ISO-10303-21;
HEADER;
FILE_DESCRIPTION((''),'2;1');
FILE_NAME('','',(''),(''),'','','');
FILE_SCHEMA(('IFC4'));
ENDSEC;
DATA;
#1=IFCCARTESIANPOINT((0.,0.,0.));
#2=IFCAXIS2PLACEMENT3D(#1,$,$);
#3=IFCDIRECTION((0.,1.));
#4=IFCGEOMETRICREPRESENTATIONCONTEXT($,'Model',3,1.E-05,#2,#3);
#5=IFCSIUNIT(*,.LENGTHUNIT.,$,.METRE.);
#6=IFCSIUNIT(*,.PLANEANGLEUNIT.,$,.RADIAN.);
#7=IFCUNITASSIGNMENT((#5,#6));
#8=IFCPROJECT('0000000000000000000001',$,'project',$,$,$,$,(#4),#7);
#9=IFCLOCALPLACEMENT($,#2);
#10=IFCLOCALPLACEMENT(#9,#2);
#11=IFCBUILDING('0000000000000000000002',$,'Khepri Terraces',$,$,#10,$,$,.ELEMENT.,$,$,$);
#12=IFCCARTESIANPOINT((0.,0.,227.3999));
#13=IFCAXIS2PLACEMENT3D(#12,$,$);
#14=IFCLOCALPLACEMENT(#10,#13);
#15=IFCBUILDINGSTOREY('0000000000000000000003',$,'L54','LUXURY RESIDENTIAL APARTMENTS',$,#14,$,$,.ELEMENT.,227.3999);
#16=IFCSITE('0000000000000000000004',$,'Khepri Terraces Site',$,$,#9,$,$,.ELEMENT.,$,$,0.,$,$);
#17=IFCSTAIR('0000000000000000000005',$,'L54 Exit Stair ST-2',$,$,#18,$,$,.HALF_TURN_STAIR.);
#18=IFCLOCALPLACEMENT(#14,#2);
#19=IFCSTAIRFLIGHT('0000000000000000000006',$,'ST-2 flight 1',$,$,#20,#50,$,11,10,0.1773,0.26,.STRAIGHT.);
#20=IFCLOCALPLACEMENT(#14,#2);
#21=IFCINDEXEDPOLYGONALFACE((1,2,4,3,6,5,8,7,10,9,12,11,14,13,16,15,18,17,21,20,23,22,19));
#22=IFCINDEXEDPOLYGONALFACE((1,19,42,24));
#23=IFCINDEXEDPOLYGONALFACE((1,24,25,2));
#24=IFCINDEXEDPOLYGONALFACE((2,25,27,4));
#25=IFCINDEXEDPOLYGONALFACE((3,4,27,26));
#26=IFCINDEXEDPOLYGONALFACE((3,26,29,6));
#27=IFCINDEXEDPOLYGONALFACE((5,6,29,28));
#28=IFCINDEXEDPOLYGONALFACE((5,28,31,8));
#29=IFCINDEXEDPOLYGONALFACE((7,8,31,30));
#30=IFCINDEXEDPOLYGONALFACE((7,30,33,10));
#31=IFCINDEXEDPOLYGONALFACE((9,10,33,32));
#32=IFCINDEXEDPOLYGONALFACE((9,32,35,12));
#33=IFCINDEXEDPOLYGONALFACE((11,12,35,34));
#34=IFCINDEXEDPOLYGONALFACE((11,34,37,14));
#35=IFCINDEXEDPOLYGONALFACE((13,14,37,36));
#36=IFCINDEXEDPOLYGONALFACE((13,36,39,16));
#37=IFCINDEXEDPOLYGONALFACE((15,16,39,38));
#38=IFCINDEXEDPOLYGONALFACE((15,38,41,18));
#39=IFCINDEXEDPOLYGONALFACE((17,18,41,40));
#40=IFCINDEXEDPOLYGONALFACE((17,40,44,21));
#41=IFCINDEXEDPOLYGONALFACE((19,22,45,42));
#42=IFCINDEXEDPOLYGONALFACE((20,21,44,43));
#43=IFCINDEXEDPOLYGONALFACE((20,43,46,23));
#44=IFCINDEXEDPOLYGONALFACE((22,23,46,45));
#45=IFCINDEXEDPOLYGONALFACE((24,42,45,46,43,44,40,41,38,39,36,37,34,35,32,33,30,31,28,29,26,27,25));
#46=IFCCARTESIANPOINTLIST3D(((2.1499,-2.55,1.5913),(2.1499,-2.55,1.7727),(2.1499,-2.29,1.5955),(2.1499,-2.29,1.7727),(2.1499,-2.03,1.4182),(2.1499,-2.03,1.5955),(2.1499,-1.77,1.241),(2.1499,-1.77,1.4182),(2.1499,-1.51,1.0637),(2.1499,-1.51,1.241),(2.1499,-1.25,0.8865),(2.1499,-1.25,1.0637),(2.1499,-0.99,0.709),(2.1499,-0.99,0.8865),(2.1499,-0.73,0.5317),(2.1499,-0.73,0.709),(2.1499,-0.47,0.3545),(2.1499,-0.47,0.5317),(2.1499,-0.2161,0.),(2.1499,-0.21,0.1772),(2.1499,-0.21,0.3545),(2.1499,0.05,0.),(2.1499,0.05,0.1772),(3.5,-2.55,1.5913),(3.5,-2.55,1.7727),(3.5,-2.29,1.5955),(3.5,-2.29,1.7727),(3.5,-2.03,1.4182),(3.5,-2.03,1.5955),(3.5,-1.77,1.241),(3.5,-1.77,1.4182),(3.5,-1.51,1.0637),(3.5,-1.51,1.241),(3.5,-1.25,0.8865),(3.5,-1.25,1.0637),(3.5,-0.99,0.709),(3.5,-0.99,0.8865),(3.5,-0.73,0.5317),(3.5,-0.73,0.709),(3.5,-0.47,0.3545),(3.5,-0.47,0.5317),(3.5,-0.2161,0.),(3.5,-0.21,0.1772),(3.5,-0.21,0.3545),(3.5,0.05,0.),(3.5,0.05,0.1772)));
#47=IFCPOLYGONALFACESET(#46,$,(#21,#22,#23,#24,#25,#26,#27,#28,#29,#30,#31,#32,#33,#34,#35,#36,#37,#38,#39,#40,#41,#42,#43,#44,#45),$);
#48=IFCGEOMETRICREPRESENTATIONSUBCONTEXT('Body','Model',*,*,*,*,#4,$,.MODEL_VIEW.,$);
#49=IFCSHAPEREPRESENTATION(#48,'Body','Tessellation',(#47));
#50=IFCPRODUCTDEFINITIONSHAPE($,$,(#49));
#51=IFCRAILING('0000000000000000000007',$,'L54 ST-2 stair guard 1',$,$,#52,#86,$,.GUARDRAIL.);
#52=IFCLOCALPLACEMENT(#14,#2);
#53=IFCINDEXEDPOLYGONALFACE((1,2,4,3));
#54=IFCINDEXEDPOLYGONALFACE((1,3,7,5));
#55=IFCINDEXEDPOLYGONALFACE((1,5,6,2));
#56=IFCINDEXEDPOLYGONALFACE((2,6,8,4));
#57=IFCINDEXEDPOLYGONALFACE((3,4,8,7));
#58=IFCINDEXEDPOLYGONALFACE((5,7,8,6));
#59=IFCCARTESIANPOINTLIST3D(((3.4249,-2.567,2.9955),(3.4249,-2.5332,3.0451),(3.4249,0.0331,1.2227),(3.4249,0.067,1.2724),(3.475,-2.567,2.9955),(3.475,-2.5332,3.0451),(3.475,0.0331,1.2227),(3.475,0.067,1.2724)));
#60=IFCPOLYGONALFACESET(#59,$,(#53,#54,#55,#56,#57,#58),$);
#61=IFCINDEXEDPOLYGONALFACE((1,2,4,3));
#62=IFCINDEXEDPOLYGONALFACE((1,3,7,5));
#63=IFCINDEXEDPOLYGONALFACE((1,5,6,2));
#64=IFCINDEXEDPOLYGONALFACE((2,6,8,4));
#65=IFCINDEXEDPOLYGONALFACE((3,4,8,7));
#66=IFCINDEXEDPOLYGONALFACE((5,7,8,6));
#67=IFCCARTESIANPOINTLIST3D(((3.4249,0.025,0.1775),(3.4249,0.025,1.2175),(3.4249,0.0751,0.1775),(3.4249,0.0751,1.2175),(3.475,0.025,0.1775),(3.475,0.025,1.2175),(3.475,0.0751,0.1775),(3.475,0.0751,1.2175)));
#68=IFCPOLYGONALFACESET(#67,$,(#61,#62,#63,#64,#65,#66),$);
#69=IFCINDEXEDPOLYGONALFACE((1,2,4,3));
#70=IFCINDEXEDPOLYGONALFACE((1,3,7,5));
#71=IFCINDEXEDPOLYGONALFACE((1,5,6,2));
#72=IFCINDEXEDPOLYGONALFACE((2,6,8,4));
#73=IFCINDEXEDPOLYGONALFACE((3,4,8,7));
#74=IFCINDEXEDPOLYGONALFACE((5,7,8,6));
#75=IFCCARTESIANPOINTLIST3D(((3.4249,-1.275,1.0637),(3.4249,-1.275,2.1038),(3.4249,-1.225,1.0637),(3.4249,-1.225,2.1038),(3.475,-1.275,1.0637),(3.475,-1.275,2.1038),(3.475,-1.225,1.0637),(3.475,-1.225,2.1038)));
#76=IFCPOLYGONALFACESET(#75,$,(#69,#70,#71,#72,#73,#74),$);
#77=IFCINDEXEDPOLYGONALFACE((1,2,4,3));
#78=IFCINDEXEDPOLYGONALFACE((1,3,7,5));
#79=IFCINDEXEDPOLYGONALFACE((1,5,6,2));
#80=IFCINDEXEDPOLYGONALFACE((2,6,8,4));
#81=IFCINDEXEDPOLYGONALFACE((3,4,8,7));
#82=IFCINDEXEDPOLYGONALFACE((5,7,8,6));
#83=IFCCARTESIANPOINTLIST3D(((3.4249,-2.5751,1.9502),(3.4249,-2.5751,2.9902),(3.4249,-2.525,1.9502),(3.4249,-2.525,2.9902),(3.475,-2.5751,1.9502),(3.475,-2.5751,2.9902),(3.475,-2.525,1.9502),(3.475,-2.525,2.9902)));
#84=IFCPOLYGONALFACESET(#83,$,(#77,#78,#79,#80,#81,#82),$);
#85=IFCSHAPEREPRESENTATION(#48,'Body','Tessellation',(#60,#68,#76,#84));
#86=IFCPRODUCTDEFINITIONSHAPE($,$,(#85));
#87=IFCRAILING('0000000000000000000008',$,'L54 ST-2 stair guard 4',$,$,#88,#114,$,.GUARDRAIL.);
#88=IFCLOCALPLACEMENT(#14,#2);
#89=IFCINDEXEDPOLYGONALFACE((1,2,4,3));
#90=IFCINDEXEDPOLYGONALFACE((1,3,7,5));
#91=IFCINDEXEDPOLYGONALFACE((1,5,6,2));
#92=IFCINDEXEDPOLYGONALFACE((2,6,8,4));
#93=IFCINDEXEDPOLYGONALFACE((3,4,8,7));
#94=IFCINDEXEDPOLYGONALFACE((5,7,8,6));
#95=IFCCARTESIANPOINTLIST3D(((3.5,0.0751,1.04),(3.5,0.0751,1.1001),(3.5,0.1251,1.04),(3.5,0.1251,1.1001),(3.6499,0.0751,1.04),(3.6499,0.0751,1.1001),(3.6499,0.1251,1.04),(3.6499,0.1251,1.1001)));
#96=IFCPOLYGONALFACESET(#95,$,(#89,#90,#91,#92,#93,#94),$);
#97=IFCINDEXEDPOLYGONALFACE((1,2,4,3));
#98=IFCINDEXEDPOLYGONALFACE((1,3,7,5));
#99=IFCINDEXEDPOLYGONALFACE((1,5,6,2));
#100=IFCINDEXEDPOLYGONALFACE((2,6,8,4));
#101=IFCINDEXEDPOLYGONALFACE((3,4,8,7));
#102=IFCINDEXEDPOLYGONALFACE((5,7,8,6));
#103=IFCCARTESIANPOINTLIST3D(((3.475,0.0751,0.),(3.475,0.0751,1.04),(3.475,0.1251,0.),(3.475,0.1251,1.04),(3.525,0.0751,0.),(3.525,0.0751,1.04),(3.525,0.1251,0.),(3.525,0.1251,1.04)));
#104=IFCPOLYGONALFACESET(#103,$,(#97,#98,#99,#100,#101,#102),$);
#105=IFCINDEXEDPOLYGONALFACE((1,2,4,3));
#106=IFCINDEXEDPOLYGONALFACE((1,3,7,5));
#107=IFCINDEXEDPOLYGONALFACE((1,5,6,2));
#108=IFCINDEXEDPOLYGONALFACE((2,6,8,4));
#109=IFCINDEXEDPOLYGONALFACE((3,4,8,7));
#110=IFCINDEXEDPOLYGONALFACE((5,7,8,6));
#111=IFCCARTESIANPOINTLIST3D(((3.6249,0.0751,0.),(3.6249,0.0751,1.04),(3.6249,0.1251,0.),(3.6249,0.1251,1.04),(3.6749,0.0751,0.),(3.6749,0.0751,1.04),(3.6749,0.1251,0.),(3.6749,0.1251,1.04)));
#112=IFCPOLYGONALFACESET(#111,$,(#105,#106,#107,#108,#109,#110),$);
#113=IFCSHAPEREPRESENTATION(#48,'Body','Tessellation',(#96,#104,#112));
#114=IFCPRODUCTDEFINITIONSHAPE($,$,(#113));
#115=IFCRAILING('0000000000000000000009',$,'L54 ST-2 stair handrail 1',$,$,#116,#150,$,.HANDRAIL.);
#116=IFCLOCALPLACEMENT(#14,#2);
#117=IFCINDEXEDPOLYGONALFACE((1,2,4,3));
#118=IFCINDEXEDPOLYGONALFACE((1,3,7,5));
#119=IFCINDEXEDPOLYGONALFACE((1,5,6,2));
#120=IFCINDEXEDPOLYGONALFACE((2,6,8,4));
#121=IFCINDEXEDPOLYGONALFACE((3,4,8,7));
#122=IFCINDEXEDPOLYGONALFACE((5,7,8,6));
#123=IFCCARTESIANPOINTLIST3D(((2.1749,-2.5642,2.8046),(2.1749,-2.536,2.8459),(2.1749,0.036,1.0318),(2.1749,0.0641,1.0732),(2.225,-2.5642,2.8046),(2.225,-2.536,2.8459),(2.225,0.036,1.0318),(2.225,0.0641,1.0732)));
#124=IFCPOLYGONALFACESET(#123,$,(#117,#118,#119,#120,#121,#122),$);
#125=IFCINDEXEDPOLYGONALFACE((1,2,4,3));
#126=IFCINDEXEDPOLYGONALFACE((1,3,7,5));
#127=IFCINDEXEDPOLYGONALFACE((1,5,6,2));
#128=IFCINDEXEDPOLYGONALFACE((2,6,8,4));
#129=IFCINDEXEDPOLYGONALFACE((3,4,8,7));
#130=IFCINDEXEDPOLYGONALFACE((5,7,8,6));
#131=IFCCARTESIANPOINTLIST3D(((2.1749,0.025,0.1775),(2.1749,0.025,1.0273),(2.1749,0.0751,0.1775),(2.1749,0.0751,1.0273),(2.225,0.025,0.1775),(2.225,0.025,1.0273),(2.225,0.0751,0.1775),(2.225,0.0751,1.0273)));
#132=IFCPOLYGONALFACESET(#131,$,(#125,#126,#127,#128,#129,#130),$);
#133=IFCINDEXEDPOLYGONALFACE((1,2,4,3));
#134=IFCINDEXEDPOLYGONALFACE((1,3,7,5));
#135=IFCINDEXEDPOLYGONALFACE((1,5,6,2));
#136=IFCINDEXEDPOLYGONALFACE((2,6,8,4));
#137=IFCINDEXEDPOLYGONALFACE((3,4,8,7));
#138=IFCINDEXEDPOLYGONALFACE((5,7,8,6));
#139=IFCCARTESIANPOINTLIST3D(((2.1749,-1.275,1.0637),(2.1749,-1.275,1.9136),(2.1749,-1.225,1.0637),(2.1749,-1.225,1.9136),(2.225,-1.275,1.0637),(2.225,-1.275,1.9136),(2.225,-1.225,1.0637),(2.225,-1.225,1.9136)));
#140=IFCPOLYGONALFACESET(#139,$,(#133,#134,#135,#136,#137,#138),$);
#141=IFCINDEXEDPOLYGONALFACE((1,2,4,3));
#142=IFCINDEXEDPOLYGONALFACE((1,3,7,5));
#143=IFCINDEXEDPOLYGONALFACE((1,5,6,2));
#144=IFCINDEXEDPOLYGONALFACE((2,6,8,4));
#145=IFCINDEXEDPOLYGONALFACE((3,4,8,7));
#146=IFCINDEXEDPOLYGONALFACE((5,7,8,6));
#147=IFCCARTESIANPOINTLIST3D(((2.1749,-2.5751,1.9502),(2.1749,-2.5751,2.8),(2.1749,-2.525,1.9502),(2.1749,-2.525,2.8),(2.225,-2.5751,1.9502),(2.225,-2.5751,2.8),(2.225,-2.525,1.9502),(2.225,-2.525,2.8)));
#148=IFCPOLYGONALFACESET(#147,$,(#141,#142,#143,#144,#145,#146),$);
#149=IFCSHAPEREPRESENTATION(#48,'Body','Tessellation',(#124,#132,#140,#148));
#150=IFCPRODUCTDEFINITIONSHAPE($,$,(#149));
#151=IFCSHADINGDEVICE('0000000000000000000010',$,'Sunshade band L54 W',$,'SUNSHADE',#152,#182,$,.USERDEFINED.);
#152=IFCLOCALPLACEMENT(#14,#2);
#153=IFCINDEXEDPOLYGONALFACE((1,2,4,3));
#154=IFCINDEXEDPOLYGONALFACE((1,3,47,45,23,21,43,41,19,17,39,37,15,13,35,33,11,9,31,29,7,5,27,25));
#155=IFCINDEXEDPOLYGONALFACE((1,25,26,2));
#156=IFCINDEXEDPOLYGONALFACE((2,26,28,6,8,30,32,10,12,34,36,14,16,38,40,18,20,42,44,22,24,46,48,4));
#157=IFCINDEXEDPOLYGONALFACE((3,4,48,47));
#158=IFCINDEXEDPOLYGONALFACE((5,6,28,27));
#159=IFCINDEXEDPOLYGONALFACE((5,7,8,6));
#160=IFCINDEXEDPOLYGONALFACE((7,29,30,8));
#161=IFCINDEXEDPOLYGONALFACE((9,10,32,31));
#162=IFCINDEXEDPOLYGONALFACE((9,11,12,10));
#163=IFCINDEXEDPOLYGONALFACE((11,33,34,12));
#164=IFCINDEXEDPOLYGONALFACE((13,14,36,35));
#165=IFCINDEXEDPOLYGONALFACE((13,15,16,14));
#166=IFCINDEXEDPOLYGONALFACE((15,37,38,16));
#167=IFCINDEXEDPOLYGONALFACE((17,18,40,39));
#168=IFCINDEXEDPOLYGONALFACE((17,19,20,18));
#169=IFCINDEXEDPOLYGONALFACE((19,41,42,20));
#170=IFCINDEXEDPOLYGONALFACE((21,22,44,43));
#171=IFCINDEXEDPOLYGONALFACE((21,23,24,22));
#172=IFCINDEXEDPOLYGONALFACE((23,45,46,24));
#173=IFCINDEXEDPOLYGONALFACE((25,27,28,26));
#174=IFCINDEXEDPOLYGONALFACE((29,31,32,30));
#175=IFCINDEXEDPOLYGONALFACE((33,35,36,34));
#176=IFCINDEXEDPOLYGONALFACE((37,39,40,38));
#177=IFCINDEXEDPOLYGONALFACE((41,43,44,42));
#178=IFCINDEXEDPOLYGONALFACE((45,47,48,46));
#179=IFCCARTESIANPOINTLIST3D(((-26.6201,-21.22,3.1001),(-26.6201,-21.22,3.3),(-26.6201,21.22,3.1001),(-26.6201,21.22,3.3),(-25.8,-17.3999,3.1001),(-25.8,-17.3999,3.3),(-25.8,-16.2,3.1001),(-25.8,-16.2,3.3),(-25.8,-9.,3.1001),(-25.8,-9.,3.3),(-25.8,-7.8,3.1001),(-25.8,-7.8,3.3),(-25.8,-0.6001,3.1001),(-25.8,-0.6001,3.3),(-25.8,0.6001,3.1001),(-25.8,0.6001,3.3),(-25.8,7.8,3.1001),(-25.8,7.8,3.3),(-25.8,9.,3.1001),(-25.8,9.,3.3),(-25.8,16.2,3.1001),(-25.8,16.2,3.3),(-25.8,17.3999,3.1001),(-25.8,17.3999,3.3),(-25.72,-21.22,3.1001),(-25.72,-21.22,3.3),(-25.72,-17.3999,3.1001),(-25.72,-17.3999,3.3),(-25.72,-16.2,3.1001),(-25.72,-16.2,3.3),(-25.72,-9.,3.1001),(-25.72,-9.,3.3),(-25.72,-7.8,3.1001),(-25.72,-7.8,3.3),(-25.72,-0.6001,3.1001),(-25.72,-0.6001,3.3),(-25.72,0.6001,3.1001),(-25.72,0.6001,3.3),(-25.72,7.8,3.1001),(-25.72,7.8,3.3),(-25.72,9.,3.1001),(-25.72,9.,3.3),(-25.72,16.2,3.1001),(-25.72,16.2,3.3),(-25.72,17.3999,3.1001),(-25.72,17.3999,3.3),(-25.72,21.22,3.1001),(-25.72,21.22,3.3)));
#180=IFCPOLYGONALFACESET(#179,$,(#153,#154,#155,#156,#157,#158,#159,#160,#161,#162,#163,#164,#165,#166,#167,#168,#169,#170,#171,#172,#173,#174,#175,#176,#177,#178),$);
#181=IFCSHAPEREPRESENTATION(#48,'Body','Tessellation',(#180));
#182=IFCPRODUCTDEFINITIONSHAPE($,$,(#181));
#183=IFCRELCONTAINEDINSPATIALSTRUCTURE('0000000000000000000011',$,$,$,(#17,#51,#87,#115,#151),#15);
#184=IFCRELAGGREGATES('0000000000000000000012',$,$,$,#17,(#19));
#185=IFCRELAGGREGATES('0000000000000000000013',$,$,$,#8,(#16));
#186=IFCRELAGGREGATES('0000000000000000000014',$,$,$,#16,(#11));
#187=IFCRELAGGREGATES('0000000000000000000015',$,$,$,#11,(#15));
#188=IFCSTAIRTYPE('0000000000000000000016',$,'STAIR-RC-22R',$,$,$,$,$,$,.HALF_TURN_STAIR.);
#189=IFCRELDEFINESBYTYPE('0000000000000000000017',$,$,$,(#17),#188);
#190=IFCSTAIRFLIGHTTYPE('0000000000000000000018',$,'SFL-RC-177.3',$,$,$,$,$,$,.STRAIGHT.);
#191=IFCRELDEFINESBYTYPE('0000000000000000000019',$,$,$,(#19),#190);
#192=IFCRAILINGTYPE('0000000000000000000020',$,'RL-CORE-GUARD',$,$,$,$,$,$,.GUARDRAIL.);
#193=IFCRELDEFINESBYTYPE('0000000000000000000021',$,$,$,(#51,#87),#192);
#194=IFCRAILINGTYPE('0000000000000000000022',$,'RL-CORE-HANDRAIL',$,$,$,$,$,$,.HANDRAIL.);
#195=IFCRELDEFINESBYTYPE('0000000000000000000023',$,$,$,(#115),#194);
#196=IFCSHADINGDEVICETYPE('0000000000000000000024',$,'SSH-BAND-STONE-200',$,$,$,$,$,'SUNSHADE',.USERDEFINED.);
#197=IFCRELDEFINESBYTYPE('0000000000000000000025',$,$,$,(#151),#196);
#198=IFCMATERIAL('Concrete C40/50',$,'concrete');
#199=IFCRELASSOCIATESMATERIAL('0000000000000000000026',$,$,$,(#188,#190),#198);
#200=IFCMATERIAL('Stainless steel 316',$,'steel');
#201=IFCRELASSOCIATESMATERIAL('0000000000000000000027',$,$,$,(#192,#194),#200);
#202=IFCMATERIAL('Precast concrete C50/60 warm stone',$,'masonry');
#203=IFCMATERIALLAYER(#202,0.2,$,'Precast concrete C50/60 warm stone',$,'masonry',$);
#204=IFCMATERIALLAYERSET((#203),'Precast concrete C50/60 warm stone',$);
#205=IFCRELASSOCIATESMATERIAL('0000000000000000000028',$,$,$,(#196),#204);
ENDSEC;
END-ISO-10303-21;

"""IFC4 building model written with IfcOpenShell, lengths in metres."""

from ifc_helpers import new_model, si_unit, direction, frame, origin, origin_2d, place, context, subcontext, project, spatial, polyline, rectangle, outline, extrude, material, layer, layer_set, type_object, element, aggregate, save


model = new_model("IFC4")

# Units and contexts
model_context = context("Model", 3, precision=1e-05, world=origin(), true_north=direction((0.0, 1.0)))
body_context = subcontext(model_context, "Body", "Model", "MODEL_VIEW")
ifc_project = project(units=[si_unit("LENGTHUNIT", "METRE"), si_unit("PLANEANGLEUNIT", "RADIAN")], contexts=[model_context])

# Site, building, storey
site_placement = place(None, origin())
site = spatial("IfcSite", under=ifc_project, at=site_placement, Name="Khepri Terraces Site", CompositionType="ELEMENT", RefElevation=0.0)
building_placement = place(site_placement, origin())
building = spatial("IfcBuilding", under=site, at=building_placement, Name="Khepri Terraces", CompositionType="ELEMENT")
storey_placement = place(building_placement, frame((0.0, 0.0, 227.3999)))
storey = spatial("IfcBuildingStorey", under=building, at=storey_placement, Name="L54", Description="LUXURY RESIDENTIAL APARTMENTS", CompositionType="ELEMENT", Elevation=227.3999)

# Stair
ifc_material_1 = material(Name="Concrete C40/50", Category="concrete")
stair_type = type_object("IfcStairType", Name="STAIR-RC-22R", PredefinedType="HALF_TURN_STAIR", material=ifc_material_1)
stair_1_placement = place(storey_placement, origin())
stair_1 = element("IfcStair", 1, at=stair_1_placement, inside=storey, type_object=stair_type, Name="L54 Exit Stair ST-2", PredefinedType="HALF_TURN_STAIR")

# Stair flight
stair_flight_type = type_object("IfcStairFlightType", Name="SFL-RC-177.3", PredefinedType="STRAIGHT", material=ifc_material_1)
stair_flight_placement = place(storey_placement, frame((2.825, 0.05, 0.0), z_axis=(0.0, 0.0, 1.0), x_axis=(0.0, -1.0, 0.0)))
stair_flight = element("IfcStairFlight", 2, at=stair_flight_placement, type_object=stair_flight_type, Name="ST-2 flight 1", NumberOfRisers=11, NumberOfTreads=10, PredefinedType="STRAIGHT", RiserHeight=0.1773, TreadLength=0.26, context=body_context, shape_type="SweptSolid", body=[
    extrude(outline(polyline([(0.0, 0.0), (0.0, 0.1772), (0.26, 0.1772), (0.26, 0.3545), (0.52, 0.3545), (0.52, 0.5317), (0.78, 0.5317), (0.78, 0.709), (1.04, 0.709), (1.04, 0.8865), (1.3, 0.8865), (1.3, 1.0637), (1.5601, 1.0637), (1.5601, 1.241), (1.8201, 1.241), (1.8201, 1.4182), (2.0801, 1.4182), (2.0801, 1.5955), (2.3401, 1.5955), (2.3401, 1.7727), (2.6001, 1.7727), (2.6001, 1.95), (2.6001, 1.5913), (0.2661, 0.0), (0.0, 0.0)])), frame((0.0, 0.675, 0.0), z_axis=(0.0, -1.0, 0.0), x_axis=(1.0, 0.0, 0.0)), (0.0, 0.0, 1.0), 1.3501),
])
aggregate(stair_1, [stair_flight])

# Railings
ifc_material_2 = material(Name="Stainless steel 316", Category="steel")
railing_type_1 = type_object("IfcRailingType", Name="RL-CORE-GUARD", PredefinedType="GUARDRAIL", material=ifc_material_2)
railing_1_placement = place(storey_placement, frame((3.45, 0.05, 0.1775)))
element("IfcRailing", 3, at=railing_1_placement, inside=storey, type_object=railing_type_1, Name="L54 ST-2 stair guard 1", PredefinedType="GUARDRAIL", context=body_context, shape_type="SweptSolid", body=[
    extrude(rectangle(XDim=0.05, YDim=0.0601, at=origin_2d()), frame((0.0, 0.0, 1.0701), z_axis=(0.0, -0.82624, 0.563318), x_axis=(1.0, 0.0, 0.0)), (0.0, 0.0, 1.0), 3.147),
    extrude(rectangle(XDim=0.05, YDim=0.05, at=origin_2d()), origin(), (0.0, 0.0, 1.0), 1.04),
    extrude(rectangle(XDim=0.05, YDim=0.05, at=origin_2d()), frame((0.0, -1.3, 0.8862)), (0.0, 0.0, 1.0), 1.04),
    extrude(rectangle(XDim=0.05, YDim=0.05, at=origin_2d()), frame((0.0, -2.6001, 1.7727)), (0.0, 0.0, 1.0), 1.04),
])
railing_2_placement = place(storey_placement, frame((3.5, 0.1001, 0.0)))
element("IfcRailing", 4, at=railing_2_placement, inside=storey, type_object=railing_type_1, Name="L54 ST-2 stair guard 4", PredefinedType="GUARDRAIL", context=body_context, shape_type="SweptSolid", body=[
    extrude(rectangle(XDim=0.05, YDim=0.0601, at=origin_2d()), frame((0.0, 0.0, 1.0701), z_axis=(1.0, 0.0, 0.0), x_axis=(0.0, 1.0, 0.0)), (0.0, 0.0, 1.0), 0.1499),
    extrude(rectangle(XDim=0.05, YDim=0.05, at=origin_2d()), origin(), (0.0, 0.0, 1.0), 1.04),
    extrude(rectangle(XDim=0.05, YDim=0.05, at=origin_2d()), frame((0.1499, 0.0, 0.0)), (0.0, 0.0, 1.0), 1.04),
])
railing_type_2 = type_object("IfcRailingType", Name="RL-CORE-HANDRAIL", PredefinedType="HANDRAIL", material=ifc_material_2)
railing_3_placement = place(storey_placement, frame((2.2, 0.05, 0.1775)))
element("IfcRailing", 5, at=railing_3_placement, inside=storey, type_object=railing_type_2, Name="L54 ST-2 stair handrail 1", PredefinedType="HANDRAIL", context=body_context, shape_type="SweptSolid", body=[
    extrude(rectangle(XDim=0.05, YDim=0.05, at=origin_2d()), frame((0.0, 0.0, 0.875), z_axis=(0.0, -0.82624, 0.563318), x_axis=(1.0, 0.0, 0.0)), (0.0, 0.0, 1.0), 3.147),
    extrude(rectangle(XDim=0.05, YDim=0.05, at=origin_2d()), origin(), (0.0, 0.0, 1.0), 0.8499),
    extrude(rectangle(XDim=0.05, YDim=0.05, at=origin_2d()), frame((0.0, -1.3, 0.8862)), (0.0, 0.0, 1.0), 0.8499),
    extrude(rectangle(XDim=0.05, YDim=0.05, at=origin_2d()), frame((0.0, -2.6001, 1.7727)), (0.0, 0.0, 1.0), 0.8499),
])

# Shading device
ifc_material_3 = material(Name="Precast concrete C50/60 warm stone", Category="masonry")
ifc_layer_1 = layer(ifc_material_3, 0.2, Name="Precast concrete C50/60 warm stone", Category="masonry")
ifc_layer_set_1 = layer_set([ifc_layer_1], Name="Precast concrete C50/60 warm stone")
shading_device_type = type_object("IfcShadingDeviceType", Name="SSH-BAND-STONE-200", ElementType="SUNSHADE", PredefinedType="USERDEFINED", material=ifc_layer_set_1)
shading_device_placement = place(storey_placement, frame((0.0, 0.0, 3.1001)))
element("IfcShadingDevice", 6, at=shading_device_placement, inside=storey, type_object=shading_device_type, Name="Sunshade band L54 W", ObjectType="SUNSHADE", PredefinedType="USERDEFINED", context=body_context, shape_type="SweptSolid", body=[
    extrude(outline(polyline([(-25.72, 17.3999), (-25.72, 21.22), (-26.6201, 21.22), (-26.6201, -21.22), (-25.72, -21.22), (-25.72, -17.3999), (-25.8, -17.3999), (-25.8, -16.2), (-25.72, -16.2), (-25.72, -9.0), (-25.8, -9.0), (-25.8, -7.8), (-25.72, -7.8), (-25.72, -0.6001), (-25.8, -0.6001), (-25.8, 0.6001), (-25.72, 0.6001), (-25.72, 7.8), (-25.8, 7.8), (-25.8, 9.0), (-25.72, 9.0), (-25.72, 16.2), (-25.8, 16.2), (-25.8, 17.3999), (-25.72, 17.3999)])), origin(), (0.0, 0.0, 1.0), 0.2),
])

save(model, "model.ifc")
